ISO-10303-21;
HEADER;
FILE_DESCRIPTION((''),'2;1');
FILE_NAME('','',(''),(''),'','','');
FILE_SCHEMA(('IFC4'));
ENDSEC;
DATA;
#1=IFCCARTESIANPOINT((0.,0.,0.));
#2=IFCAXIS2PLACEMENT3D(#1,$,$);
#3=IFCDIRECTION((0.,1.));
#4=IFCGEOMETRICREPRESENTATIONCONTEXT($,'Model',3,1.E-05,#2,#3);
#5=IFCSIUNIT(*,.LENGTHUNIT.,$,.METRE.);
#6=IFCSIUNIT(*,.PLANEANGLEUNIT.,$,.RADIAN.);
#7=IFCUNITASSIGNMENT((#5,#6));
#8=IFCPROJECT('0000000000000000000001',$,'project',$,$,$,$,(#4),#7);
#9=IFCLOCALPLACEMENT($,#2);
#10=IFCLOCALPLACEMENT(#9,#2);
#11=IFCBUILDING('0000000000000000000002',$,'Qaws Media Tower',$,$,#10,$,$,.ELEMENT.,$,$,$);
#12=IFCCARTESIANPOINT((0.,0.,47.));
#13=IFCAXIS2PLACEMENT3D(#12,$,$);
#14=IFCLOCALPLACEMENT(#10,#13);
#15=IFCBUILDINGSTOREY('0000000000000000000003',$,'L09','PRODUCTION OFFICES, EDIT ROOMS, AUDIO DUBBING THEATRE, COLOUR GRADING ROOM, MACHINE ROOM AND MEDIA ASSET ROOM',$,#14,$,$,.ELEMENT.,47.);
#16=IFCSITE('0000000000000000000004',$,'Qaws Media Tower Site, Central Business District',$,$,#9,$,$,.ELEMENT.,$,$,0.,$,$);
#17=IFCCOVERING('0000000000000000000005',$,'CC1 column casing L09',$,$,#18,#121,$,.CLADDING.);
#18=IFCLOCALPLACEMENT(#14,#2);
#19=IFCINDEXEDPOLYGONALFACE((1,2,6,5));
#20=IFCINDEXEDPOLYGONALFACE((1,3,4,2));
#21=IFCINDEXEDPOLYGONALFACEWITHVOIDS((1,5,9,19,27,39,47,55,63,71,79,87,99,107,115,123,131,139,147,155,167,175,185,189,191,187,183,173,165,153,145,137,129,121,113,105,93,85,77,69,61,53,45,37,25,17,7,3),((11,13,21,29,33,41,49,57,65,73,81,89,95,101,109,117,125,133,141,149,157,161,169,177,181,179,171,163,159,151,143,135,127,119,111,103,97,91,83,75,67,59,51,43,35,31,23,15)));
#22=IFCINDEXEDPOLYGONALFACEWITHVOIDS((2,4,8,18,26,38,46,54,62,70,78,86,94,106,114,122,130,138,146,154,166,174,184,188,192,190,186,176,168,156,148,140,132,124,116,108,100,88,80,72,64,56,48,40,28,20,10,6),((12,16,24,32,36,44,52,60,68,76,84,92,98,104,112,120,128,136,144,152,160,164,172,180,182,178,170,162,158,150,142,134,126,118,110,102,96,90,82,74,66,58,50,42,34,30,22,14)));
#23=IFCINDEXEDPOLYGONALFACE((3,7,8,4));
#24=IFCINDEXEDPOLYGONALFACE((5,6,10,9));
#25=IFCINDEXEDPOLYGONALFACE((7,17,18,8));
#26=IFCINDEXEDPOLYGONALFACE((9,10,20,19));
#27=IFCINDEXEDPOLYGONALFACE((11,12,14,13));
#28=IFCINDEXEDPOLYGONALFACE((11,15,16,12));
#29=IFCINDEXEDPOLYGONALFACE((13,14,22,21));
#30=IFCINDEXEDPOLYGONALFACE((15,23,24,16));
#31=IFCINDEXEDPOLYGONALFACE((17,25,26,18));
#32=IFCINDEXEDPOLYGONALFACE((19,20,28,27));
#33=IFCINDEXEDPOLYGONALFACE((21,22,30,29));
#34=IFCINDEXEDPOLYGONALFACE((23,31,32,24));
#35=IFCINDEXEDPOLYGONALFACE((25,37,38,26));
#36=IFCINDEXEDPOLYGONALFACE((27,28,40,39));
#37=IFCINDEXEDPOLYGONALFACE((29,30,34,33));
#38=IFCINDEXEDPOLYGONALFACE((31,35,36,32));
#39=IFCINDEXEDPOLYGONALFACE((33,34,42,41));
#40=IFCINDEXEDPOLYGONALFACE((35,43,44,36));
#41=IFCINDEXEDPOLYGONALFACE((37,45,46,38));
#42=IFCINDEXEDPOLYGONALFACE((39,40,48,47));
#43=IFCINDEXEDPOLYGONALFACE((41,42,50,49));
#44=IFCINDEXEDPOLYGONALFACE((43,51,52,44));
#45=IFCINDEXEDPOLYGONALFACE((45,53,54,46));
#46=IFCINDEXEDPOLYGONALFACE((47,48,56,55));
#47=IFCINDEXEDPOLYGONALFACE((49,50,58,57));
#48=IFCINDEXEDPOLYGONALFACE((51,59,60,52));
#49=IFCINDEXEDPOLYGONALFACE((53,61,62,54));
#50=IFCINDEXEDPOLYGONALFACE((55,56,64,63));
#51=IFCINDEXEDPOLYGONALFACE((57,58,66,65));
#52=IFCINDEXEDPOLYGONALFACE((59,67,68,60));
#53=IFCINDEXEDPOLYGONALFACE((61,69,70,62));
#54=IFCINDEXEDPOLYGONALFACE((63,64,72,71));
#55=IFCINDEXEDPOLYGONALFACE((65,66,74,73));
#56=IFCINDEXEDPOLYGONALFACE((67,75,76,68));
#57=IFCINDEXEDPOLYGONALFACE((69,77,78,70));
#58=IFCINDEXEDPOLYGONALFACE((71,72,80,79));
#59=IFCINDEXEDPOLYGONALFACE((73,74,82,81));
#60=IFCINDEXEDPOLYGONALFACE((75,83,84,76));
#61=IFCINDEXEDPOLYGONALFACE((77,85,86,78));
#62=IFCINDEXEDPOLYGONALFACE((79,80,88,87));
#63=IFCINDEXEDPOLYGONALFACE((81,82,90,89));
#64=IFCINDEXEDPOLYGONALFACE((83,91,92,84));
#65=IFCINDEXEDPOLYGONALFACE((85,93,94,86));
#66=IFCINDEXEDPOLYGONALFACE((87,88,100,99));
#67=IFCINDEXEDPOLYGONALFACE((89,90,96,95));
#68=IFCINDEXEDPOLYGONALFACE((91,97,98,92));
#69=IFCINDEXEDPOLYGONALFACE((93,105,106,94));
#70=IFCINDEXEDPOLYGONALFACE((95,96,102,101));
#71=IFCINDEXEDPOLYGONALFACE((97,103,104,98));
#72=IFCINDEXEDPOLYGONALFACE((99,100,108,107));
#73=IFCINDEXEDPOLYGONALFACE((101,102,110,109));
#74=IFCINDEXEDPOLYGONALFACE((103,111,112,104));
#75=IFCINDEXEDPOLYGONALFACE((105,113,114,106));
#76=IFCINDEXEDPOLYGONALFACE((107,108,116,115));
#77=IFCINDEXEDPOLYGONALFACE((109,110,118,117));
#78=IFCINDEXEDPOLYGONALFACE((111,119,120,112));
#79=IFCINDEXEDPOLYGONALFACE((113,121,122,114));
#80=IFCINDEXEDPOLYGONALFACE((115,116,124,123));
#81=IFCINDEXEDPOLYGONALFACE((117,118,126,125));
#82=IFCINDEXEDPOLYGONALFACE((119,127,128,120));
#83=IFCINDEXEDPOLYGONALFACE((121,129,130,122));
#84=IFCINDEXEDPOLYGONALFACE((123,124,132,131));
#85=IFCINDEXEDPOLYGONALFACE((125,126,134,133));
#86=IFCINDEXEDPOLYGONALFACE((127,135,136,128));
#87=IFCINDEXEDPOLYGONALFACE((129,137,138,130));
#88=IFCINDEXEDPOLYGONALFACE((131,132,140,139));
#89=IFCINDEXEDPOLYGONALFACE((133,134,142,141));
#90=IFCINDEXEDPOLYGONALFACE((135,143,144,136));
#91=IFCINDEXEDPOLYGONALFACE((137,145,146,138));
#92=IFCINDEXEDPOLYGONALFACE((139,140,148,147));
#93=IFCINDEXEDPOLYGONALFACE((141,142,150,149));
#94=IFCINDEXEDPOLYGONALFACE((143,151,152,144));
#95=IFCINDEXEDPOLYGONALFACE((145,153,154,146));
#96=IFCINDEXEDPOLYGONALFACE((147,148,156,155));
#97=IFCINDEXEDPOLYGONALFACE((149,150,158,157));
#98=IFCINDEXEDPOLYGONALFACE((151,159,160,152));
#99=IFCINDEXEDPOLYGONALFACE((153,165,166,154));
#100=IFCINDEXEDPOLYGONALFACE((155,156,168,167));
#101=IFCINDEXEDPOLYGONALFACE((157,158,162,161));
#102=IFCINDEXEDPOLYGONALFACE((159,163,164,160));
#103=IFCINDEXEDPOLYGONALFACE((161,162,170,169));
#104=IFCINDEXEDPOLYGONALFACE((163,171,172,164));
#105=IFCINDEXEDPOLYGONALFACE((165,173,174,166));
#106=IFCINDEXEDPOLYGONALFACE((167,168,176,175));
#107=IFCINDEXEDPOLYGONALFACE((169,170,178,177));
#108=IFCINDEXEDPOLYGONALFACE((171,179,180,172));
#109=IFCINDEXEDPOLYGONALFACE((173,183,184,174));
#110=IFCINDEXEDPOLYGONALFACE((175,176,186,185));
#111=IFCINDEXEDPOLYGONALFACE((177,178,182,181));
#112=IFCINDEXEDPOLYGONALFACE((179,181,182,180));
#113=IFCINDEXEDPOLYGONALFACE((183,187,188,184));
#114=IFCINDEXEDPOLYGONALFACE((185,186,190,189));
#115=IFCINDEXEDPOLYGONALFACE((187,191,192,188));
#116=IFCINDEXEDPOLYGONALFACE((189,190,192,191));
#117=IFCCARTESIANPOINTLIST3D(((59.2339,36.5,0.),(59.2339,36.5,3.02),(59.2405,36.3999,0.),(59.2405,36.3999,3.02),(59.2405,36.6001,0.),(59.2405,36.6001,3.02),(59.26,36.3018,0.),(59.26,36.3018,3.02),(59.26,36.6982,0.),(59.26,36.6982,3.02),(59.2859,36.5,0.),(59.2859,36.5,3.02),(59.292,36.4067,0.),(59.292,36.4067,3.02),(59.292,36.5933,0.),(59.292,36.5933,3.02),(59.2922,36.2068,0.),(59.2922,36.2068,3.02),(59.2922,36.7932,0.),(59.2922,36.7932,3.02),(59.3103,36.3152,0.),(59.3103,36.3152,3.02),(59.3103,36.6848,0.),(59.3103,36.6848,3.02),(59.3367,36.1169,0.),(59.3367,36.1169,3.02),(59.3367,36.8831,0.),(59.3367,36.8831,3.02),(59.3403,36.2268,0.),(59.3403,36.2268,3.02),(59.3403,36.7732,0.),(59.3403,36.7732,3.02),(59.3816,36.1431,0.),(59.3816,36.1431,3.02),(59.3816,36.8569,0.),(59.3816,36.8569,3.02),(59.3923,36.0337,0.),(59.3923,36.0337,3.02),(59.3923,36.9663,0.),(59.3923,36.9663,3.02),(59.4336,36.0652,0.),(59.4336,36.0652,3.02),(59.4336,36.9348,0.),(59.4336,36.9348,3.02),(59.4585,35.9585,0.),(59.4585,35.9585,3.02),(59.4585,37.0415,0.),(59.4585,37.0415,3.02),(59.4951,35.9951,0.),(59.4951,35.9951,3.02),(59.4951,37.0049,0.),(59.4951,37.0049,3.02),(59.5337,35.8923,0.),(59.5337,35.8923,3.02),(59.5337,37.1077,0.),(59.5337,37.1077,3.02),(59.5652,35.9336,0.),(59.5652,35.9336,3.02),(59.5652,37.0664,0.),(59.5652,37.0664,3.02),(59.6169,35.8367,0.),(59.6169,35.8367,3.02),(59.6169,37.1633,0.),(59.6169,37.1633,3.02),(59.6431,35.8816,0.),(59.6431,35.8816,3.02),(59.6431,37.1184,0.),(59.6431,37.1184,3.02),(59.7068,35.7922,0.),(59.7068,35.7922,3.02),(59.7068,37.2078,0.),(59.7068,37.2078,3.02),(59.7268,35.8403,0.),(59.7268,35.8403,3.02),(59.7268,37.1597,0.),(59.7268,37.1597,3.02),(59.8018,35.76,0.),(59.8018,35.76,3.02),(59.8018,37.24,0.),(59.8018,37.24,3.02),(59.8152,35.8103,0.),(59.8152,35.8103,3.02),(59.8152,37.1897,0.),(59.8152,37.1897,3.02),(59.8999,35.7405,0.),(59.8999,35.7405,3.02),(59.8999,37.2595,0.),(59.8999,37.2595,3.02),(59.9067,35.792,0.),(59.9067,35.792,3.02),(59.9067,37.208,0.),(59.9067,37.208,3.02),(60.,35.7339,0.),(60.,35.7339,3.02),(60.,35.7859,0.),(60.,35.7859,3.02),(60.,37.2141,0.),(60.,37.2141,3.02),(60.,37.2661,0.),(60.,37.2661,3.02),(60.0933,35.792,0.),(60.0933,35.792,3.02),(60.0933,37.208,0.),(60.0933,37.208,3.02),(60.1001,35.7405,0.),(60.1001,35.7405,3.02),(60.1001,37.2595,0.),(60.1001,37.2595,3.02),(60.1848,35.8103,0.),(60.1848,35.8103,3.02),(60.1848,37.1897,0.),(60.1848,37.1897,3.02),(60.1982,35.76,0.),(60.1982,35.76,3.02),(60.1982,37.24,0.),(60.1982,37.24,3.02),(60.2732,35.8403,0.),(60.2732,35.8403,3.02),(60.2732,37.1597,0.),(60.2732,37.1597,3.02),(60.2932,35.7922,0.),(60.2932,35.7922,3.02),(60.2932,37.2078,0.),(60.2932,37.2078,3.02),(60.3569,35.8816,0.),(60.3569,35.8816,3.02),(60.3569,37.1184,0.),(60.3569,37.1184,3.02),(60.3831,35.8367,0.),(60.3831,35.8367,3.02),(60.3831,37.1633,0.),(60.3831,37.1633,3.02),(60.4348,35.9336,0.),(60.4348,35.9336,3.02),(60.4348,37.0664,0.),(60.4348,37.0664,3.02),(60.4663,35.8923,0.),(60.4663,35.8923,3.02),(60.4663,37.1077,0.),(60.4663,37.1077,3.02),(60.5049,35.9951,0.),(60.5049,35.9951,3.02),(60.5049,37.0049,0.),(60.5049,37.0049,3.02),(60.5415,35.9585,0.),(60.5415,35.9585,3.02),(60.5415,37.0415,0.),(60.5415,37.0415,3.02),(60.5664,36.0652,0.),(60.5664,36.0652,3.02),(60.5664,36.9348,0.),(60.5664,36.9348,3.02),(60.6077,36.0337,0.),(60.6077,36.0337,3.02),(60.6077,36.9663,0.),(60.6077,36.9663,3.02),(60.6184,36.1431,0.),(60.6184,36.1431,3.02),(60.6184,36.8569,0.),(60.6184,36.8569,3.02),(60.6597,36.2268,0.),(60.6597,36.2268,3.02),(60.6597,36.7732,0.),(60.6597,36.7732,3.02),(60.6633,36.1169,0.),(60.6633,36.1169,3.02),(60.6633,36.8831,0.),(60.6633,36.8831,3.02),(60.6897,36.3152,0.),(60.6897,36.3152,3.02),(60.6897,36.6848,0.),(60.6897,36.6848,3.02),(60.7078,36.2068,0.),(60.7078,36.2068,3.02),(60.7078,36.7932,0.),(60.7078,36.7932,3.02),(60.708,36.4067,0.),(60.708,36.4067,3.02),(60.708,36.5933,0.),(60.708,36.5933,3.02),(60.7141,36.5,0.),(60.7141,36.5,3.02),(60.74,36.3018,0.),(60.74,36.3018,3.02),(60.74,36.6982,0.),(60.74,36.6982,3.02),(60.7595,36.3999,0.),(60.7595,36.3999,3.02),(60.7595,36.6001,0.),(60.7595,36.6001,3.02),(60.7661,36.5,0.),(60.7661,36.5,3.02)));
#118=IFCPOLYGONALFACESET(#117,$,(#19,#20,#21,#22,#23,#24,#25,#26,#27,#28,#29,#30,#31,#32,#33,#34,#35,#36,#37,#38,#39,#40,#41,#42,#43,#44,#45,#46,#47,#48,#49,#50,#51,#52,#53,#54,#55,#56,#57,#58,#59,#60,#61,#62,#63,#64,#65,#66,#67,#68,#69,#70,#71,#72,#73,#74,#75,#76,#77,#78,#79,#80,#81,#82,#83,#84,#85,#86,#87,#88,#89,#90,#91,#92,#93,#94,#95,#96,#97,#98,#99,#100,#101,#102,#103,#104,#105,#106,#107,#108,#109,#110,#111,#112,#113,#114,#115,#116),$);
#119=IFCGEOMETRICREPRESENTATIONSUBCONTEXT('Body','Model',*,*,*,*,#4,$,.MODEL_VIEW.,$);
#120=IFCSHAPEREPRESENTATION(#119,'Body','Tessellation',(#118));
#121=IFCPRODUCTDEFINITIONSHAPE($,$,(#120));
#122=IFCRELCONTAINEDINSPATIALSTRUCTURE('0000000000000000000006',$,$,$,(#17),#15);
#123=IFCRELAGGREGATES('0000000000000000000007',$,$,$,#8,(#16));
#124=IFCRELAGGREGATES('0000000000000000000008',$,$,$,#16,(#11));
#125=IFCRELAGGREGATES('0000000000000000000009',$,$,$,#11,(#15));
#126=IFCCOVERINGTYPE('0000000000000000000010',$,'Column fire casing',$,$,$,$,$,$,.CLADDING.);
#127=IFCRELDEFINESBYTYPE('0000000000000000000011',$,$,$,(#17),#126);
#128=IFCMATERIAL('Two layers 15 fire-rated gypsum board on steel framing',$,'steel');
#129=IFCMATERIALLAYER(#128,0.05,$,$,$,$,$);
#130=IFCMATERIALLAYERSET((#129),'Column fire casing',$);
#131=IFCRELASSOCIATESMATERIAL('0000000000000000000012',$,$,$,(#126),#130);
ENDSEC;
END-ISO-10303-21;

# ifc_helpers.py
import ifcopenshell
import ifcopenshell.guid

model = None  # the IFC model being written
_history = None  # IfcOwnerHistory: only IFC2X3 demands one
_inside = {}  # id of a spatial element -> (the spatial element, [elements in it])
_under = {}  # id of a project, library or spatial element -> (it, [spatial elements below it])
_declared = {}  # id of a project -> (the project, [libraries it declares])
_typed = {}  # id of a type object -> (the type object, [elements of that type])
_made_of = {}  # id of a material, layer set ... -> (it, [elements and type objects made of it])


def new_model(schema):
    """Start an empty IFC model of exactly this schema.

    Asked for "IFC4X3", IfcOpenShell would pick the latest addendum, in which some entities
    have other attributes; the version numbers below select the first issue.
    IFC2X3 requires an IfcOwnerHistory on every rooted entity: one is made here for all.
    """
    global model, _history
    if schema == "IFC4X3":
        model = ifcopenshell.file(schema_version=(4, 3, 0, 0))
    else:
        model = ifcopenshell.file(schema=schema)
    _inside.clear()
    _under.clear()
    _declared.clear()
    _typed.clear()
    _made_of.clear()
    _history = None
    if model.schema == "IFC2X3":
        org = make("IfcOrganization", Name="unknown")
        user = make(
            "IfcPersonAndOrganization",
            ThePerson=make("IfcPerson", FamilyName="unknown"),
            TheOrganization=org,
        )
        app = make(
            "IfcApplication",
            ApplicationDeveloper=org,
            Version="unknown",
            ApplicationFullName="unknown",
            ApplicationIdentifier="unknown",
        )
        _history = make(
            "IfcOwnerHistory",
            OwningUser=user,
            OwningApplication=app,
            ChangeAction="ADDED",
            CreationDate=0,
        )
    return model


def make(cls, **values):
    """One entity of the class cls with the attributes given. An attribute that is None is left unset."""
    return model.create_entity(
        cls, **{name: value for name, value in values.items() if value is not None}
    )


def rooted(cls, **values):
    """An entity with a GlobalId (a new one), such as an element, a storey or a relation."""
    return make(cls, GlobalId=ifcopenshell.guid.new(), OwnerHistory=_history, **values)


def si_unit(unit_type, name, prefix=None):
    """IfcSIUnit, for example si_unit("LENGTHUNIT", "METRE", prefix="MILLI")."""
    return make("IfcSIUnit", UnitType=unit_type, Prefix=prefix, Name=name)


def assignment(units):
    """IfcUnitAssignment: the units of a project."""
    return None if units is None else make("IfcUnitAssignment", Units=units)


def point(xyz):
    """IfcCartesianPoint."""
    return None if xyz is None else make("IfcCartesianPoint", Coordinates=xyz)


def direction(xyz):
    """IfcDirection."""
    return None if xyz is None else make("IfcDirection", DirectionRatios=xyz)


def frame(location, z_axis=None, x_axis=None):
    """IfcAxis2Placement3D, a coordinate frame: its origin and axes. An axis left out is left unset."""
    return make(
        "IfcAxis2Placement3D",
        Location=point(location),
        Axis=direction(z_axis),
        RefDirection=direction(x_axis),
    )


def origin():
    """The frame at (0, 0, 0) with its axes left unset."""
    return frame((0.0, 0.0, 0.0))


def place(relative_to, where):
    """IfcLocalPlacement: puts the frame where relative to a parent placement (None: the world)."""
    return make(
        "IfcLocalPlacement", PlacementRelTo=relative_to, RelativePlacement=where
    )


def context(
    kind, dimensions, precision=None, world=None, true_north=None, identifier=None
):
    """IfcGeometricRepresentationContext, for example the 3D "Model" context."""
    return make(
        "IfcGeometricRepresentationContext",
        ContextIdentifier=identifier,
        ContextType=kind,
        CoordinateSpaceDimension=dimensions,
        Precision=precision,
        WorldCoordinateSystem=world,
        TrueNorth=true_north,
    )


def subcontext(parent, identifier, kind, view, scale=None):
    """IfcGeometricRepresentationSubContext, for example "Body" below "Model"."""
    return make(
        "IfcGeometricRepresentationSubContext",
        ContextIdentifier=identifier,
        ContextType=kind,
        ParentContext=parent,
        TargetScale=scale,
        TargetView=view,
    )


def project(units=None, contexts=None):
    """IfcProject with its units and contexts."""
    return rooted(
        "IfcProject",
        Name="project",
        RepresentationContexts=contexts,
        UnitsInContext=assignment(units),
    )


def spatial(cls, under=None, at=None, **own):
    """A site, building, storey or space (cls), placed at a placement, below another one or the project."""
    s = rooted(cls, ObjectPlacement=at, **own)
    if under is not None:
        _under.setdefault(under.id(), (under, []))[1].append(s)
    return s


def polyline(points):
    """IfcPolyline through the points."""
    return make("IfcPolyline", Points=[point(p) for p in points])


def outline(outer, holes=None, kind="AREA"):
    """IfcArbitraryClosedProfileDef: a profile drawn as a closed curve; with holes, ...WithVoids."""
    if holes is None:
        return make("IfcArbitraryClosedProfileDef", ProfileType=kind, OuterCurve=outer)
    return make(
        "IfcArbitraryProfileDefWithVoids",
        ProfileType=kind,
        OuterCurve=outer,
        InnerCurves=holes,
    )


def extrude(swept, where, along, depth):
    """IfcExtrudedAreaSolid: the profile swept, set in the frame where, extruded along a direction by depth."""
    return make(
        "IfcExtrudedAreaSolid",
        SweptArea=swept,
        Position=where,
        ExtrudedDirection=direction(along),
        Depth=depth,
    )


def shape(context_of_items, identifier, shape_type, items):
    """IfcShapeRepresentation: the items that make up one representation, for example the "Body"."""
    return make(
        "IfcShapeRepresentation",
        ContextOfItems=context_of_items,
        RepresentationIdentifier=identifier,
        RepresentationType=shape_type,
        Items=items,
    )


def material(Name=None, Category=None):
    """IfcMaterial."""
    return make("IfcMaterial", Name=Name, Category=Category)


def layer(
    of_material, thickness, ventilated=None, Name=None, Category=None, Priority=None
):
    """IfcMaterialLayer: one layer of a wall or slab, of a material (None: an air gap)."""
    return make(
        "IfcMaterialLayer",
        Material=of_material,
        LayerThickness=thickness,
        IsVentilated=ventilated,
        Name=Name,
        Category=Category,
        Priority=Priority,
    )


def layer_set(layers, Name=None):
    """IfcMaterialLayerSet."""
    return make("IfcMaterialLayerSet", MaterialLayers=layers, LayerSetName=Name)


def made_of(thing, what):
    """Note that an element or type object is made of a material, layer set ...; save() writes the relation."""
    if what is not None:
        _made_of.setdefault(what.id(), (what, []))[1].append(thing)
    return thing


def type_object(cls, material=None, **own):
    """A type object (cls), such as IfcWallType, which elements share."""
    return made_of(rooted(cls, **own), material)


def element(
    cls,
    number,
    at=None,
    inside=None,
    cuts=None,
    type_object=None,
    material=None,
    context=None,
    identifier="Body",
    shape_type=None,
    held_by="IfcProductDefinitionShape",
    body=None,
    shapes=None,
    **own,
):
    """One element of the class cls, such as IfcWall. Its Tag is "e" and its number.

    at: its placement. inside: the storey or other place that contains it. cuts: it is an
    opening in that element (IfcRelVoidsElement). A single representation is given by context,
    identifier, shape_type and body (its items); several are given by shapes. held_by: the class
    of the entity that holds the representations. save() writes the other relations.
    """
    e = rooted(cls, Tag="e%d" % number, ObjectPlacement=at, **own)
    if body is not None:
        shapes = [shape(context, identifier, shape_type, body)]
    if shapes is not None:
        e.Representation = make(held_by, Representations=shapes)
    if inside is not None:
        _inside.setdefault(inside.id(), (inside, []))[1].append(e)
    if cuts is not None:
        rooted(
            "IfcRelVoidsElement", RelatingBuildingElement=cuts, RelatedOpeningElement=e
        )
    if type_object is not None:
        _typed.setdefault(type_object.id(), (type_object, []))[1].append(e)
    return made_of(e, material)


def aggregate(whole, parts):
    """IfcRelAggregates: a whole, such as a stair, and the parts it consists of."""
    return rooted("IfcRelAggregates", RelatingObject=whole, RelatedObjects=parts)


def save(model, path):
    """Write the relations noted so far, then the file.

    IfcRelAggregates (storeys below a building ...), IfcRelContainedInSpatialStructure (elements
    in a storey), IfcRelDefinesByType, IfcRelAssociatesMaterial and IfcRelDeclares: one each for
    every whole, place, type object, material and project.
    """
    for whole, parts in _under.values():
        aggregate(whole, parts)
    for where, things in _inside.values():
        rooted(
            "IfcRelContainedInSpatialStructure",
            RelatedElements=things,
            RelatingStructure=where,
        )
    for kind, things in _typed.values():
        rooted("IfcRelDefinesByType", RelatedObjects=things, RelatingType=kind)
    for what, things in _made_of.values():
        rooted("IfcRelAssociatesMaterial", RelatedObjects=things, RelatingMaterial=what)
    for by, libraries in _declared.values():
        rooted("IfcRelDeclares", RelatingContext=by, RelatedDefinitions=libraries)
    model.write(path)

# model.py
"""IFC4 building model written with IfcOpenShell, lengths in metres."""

from ifc_helpers import new_model, si_unit, direction, frame, origin, place, context, subcontext, project, spatial, polyline, outline, extrude, material, layer, layer_set, type_object, element, save


model = new_model("IFC4")

# Units and contexts
model_context = context("Model", 3, precision=1e-05, world=origin(), true_north=direction((0.0, 1.0)))
body_context = subcontext(model_context, "Body", "Model", "MODEL_VIEW")
ifc_project = project(units=[si_unit("LENGTHUNIT", "METRE"), si_unit("PLANEANGLEUNIT", "RADIAN")], contexts=[model_context])

# Site, building, storey
site_placement = place(None, origin())
site = spatial("IfcSite", under=ifc_project, at=site_placement, Name="Qaws Media Tower Site, Central Business District", CompositionType="ELEMENT", RefElevation=0.0)
building_placement = place(site_placement, origin())
building = spatial("IfcBuilding", under=site, at=building_placement, Name="Qaws Media Tower", CompositionType="ELEMENT")
storey_placement = place(building_placement, frame((0.0, 0.0, 47.0)))
storey = spatial("IfcBuildingStorey", under=building, at=storey_placement, Name="L09", Description="PRODUCTION OFFICES, EDIT ROOMS, AUDIO DUBBING THEATRE, COLOUR GRADING ROOM, MACHINE ROOM AND MEDIA ASSET ROOM", CompositionType="ELEMENT", Elevation=47.0)

# Covering
ifc_material_1 = material(Name="Two layers 15 fire-rated gypsum board on steel framing", Category="steel")
ifc_layer_1 = layer(ifc_material_1, 0.05)
ifc_layer_set_1 = layer_set([ifc_layer_1], Name="Column fire casing")
covering_type = type_object("IfcCoveringType", Name="Column fire casing", PredefinedType="CLADDING", material=ifc_layer_set_1)
covering_1_placement = place(storey_placement, origin())
element("IfcCovering", 1, at=covering_1_placement, inside=storey, type_object=covering_type, Name="CC1 column casing L09", PredefinedType="CLADDING", context=body_context, shape_type="SweptSolid", body=[
    extrude(outline(polyline([(60.7661, 36.5), (60.7595, 36.3999), (60.74, 36.3018), (60.7078, 36.2068), (60.6633, 36.1169), (60.6077, 36.0337), (60.5415, 35.9585), (60.4663, 35.8923), (60.3831, 35.8367), (60.2932, 35.7922), (60.1982, 35.76), (60.1001, 35.7405), (60.0, 35.7339), (59.8999, 35.7405), (59.8018, 35.76), (59.7068, 35.7922), (59.6169, 35.8367), (59.5337, 35.8923), (59.4585, 35.9585), (59.3923, 36.0337), (59.3367, 36.1169), (59.2922, 36.2068), (59.26, 36.3018), (59.2405, 36.3999), (59.2339, 36.5), (59.2405, 36.6001), (59.26, 36.6982), (59.2922, 36.7932), (59.3367, 36.8831), (59.3923, 36.9663), (59.4585, 37.0415), (59.5337, 37.1077), (59.6169, 37.1633), (59.7068, 37.2078), (59.8018, 37.24), (59.8999, 37.2595), (60.0, 37.2661), (60.1001, 37.2595), (60.1982, 37.24), (60.2932, 37.2078), (60.3831, 37.1633), (60.4663, 37.1077), (60.5415, 37.0415), (60.6077, 36.9663), (60.6633, 36.8831), (60.7078, 36.7932), (60.74, 36.6982), (60.7595, 36.6001), (60.7661, 36.5)]), holes=[polyline([(60.7141, 36.5), (60.708, 36.4067), (60.6897, 36.3152), (60.6597, 36.2268), (60.6184, 36.1431), (60.5664, 36.0652), (60.5049, 35.9951), (60.4348, 35.9336), (60.3569, 35.8816), (60.2732, 35.8403), (60.1848, 35.8103), (60.0933, 35.792), (60.0, 35.7859), (59.9067, 35.792), (59.8152, 35.8103), (59.7268, 35.8403), (59.6431, 35.8816), (59.5652, 35.9336), (59.4951, 35.9951), (59.4336, 36.0652), (59.3816, 36.1431), (59.3403, 36.2268), (59.3103, 36.3152), (59.292, 36.4067), (59.2859, 36.5), (59.292, 36.5933), (59.3103, 36.6848), (59.3403, 36.7732), (59.3816, 36.8569), (59.4336, 36.9348), (59.4951, 37.0049), (59.5652, 37.0664), (59.6431, 37.1184), (59.7268, 37.1597), (59.8152, 37.1897), (59.9067, 37.208), (60.0, 37.2141), (60.0933, 37.208), (60.1848, 37.1897), (60.2732, 37.1597), (60.3569, 37.1184), (60.4348, 37.0664), (60.5049, 37.0049), (60.5664, 36.9348), (60.6184, 36.8569), (60.6597, 36.7732), (60.6897, 36.6848), (60.708, 36.5933), (60.7141, 36.5)])]), origin(), (0.0, 0.0, 1.0), 3.02),
])

save(model, "model.ifc")
